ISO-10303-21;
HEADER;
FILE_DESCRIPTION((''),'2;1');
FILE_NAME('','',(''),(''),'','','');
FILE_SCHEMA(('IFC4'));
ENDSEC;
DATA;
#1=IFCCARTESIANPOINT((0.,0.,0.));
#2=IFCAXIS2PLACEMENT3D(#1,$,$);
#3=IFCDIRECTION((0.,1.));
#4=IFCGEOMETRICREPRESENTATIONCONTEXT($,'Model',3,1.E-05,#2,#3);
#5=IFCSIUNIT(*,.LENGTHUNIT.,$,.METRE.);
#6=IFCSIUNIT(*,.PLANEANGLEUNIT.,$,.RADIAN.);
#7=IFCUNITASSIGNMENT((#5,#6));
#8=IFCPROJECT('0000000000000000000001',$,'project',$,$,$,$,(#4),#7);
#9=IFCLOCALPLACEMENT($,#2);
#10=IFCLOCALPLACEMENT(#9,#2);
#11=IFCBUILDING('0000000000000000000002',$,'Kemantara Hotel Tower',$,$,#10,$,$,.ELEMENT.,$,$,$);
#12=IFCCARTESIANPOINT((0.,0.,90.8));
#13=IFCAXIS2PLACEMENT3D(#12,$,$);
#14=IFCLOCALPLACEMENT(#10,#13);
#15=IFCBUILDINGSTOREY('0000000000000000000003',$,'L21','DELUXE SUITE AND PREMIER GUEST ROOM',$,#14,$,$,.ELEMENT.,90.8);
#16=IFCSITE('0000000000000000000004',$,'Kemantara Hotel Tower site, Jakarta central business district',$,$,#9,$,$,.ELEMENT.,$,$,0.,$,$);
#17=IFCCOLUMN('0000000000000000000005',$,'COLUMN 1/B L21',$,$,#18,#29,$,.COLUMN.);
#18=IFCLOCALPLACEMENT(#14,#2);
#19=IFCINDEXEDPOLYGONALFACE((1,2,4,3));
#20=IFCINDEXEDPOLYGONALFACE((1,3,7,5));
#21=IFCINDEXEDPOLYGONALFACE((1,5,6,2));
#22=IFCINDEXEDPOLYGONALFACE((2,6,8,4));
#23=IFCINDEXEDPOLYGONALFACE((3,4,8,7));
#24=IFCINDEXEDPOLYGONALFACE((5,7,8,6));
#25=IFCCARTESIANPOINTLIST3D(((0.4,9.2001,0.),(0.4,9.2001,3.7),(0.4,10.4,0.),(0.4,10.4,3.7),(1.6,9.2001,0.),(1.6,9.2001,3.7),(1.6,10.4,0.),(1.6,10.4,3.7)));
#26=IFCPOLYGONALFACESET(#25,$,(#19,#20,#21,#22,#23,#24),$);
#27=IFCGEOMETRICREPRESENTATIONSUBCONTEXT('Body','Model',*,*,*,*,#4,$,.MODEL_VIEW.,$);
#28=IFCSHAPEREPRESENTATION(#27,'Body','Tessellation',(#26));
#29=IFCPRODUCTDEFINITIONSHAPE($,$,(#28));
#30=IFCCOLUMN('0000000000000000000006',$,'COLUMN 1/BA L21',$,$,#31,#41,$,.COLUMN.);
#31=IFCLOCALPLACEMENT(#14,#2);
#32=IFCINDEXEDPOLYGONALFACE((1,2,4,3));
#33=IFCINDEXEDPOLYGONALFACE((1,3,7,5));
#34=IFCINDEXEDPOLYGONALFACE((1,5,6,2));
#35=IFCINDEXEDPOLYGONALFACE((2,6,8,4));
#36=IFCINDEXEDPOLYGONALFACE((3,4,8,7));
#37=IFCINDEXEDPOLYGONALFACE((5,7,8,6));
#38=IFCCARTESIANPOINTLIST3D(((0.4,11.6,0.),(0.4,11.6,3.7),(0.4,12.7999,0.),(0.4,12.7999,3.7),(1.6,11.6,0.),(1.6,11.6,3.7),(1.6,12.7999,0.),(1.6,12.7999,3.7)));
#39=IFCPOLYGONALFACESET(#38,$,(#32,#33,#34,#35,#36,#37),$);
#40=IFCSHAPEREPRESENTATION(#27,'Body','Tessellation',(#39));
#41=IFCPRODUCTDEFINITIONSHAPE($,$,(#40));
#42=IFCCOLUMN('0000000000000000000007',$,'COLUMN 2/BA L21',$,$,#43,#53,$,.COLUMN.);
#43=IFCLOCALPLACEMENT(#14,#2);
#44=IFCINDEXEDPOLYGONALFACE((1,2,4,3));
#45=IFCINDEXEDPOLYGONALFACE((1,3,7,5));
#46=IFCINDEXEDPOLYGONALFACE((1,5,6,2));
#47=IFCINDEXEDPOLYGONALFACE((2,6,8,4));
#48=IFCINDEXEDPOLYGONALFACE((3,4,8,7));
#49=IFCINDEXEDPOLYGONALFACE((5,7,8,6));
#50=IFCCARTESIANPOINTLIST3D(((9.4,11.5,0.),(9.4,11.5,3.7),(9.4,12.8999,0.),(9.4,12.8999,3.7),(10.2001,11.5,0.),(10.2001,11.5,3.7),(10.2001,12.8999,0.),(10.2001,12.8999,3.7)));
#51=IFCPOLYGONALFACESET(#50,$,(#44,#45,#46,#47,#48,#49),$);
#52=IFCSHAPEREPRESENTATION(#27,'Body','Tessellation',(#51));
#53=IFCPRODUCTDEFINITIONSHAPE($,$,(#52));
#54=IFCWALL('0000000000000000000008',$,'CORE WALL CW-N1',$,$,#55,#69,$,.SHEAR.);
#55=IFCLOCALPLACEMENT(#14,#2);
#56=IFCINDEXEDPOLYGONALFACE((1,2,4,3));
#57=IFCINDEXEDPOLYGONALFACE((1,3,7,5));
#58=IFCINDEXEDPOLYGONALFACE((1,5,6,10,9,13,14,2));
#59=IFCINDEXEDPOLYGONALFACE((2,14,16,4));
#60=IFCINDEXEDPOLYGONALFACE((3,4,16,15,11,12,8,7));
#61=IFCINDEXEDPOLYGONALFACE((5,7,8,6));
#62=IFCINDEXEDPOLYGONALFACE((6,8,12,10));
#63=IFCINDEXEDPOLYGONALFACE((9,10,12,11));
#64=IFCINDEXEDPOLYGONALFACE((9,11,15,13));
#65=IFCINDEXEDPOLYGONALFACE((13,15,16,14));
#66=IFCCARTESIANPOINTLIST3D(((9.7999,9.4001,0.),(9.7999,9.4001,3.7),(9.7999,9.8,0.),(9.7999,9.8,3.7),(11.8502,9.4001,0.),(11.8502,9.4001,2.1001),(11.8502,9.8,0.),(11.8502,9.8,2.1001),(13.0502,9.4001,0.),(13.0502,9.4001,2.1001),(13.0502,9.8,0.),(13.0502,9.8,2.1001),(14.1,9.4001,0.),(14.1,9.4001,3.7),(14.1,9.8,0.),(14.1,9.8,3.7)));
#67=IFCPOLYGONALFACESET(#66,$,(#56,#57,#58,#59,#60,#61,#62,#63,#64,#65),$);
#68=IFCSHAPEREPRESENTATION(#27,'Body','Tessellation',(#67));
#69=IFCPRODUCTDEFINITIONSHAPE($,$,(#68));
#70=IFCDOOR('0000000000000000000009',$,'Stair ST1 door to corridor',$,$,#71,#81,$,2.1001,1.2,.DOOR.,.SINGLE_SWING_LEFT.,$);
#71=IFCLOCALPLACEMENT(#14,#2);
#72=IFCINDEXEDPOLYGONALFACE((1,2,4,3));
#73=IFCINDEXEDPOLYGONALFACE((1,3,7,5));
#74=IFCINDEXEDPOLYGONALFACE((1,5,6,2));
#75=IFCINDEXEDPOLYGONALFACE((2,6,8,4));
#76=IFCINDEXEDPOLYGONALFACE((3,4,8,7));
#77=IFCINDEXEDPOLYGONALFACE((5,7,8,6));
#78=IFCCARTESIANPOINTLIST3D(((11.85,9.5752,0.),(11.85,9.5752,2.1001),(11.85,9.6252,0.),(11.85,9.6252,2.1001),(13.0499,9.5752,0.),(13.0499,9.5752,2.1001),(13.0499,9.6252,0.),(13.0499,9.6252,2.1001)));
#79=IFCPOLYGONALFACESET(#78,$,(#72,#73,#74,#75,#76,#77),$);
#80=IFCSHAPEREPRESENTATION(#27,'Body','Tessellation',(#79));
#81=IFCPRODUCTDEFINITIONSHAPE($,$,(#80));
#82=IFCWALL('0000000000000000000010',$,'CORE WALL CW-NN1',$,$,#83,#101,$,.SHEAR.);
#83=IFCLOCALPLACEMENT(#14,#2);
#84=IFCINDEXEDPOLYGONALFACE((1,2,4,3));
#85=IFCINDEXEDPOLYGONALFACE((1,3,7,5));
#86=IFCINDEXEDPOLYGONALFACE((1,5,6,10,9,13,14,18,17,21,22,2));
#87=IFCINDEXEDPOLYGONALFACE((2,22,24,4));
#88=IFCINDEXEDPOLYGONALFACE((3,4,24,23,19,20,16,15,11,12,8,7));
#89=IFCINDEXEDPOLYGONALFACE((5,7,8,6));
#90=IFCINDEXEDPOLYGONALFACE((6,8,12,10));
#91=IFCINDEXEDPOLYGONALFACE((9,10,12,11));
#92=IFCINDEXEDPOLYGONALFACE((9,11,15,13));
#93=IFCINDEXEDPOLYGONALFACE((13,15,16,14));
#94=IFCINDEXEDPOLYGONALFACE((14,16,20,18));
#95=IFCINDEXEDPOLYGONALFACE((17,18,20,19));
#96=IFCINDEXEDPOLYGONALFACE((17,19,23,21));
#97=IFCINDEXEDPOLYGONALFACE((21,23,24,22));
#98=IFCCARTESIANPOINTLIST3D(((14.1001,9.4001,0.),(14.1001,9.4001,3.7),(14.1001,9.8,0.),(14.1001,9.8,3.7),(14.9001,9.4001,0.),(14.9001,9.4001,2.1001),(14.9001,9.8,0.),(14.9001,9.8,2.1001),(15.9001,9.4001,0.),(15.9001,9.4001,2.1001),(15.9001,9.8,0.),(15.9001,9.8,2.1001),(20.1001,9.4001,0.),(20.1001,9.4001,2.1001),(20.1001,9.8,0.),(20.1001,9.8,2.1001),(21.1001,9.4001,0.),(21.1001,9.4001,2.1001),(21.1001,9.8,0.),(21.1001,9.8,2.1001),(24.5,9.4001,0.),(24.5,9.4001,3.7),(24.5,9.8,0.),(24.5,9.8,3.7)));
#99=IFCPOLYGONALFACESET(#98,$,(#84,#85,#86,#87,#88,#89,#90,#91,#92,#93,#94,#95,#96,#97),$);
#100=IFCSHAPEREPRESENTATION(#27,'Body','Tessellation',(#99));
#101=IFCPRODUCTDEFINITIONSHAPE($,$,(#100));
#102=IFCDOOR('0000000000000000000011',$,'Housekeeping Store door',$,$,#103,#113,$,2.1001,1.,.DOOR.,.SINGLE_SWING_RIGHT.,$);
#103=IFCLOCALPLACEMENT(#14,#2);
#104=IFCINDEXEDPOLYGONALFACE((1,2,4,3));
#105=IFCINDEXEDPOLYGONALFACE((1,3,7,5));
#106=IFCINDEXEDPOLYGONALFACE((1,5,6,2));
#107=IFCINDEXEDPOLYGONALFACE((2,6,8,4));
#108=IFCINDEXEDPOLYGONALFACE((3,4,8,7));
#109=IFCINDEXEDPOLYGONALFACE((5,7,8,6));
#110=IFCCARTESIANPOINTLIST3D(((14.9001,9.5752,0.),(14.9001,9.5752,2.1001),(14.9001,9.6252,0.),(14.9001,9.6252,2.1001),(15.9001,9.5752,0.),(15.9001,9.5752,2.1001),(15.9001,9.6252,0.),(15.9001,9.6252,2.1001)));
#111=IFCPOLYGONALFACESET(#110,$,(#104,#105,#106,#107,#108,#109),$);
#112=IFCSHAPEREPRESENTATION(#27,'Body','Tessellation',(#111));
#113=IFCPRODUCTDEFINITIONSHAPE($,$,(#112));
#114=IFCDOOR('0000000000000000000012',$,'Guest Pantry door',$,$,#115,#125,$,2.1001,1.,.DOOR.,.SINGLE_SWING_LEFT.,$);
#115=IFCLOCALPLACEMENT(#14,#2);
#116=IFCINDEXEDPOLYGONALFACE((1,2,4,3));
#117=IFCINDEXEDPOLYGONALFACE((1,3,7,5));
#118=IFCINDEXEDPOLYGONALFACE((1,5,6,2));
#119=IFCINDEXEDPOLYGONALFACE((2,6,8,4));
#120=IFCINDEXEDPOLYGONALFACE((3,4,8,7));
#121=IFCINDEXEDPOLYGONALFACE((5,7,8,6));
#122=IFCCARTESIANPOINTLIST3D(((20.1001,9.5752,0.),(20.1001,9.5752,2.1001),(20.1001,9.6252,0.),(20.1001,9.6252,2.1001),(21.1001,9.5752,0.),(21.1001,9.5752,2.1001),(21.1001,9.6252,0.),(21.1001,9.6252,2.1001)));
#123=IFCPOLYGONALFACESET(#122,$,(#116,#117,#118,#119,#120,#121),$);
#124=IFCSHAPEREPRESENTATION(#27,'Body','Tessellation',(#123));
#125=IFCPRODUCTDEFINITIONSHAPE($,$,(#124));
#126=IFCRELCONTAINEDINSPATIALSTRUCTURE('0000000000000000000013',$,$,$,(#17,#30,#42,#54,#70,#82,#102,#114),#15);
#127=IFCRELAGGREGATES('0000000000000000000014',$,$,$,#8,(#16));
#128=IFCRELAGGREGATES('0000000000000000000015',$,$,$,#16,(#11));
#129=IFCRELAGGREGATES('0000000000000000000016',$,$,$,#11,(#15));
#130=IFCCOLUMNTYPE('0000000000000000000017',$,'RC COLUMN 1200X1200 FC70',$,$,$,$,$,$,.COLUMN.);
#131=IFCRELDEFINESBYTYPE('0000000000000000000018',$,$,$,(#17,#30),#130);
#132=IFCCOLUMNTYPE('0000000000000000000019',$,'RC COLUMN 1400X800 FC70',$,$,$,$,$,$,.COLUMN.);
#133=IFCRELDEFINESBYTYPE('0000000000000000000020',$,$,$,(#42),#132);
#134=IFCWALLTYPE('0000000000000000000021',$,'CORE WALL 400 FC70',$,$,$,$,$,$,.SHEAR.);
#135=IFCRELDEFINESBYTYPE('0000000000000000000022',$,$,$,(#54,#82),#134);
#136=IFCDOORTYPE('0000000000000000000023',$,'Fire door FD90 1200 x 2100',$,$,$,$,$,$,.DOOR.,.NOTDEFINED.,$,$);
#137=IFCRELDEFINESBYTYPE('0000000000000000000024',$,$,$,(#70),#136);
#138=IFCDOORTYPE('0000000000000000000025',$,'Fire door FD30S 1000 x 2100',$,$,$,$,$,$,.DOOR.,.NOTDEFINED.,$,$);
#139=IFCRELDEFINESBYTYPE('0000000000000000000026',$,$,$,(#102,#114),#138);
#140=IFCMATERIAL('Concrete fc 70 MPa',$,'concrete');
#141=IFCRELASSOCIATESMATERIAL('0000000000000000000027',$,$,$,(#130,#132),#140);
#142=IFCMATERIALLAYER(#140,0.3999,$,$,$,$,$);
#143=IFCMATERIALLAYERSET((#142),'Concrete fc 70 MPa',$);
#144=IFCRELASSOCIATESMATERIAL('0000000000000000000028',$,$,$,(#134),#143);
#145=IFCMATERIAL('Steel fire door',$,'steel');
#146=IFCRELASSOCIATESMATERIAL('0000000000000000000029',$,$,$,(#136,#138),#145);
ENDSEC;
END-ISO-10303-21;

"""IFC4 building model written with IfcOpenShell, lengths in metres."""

from ifc_helpers import new_model, si_unit, direction, frame, frame_2d, origin, origin_2d, place, context, subcontext, project, spatial, rectangle, extrude, material, layer, layer_set, material_profile, profile_set, type_object, element, fill, save


model = new_model("IFC4")

# Units and contexts
model_context = context("Model", 3, precision=1e-05, world=origin(), true_north=direction((0.0, 1.0)))
body_context = subcontext(model_context, "Body", "Model", "MODEL_VIEW")
ifc_project = project(units=[si_unit("LENGTHUNIT", "METRE"), si_unit("PLANEANGLEUNIT", "RADIAN")], contexts=[model_context])

# Site, building, storey
site_placement = place(None, origin())
site = spatial("IfcSite", under=ifc_project, at=site_placement, Name="Kemantara Hotel Tower site, Jakarta central business district", CompositionType="ELEMENT", RefElevation=0.0)
building_placement = place(site_placement, origin())
building = spatial("IfcBuilding", under=site, at=building_placement, Name="Kemantara Hotel Tower", CompositionType="ELEMENT")
storey_placement = place(building_placement, frame((0.0, 0.0, 90.8)))
storey = spatial("IfcBuildingStorey", under=building, at=storey_placement, Name="L21", Description="DELUXE SUITE AND PREMIER GUEST ROOM", CompositionType="ELEMENT", Elevation=90.8)

# Columns
ifc_material_1 = material(Name="Concrete fc 70 MPa", Category="concrete")
ifc_material_profile_1 = material_profile(ifc_material_1, rectangle(XDim=1.2, YDim=1.2, at=origin_2d()), Name="RC 1200X1200")
ifc_profile_set_1 = profile_set([ifc_material_profile_1], Name="Concrete fc 70 MPa")
column_type_1 = type_object("IfcColumnType", Name="RC COLUMN 1200X1200 FC70", PredefinedType="COLUMN", material=ifc_profile_set_1)
for number, where, z_axis, x_axis, name in (
    (1, (1.0, 9.8, 0.0), (0.0, 0.0, 1.0), (1.0, 0.0, 0.0), "COLUMN 1/B L21"),
    (2, (1.0, 12.2, 0.0), (0.0, 0.0, 1.0), (1.0, 0.0, 0.0), "COLUMN 1/BA L21"),
):
    element("IfcColumn", number, at=place(storey_placement, frame(where, z_axis=z_axis, x_axis=x_axis)), inside=storey, type_object=column_type_1, Name=name, PredefinedType="COLUMN", context=body_context, shape_type="SweptSolid", body=[
        extrude(rectangle(XDim=1.2, YDim=1.2, at=origin_2d()), origin(), (0.0, 0.0, 1.0), 3.7),
    ])
ifc_material_profile_2 = material_profile(ifc_material_1, rectangle(XDim=1.3999, YDim=0.8, at=origin_2d()), Name="RC 1400X800")
ifc_profile_set_2 = profile_set([ifc_material_profile_2], Name="Concrete fc 70 MPa")
column_type_2 = type_object("IfcColumnType", Name="RC COLUMN 1400X800 FC70", PredefinedType="COLUMN", material=ifc_profile_set_2)
column_placement = place(storey_placement, frame((9.8, 12.2, 0.0), z_axis=(0.0, 0.0, 1.0), x_axis=(0.0, 1.0, 0.0)))
element("IfcColumn", 3, at=column_placement, inside=storey, type_object=column_type_2, Name="COLUMN 2/BA L21", PredefinedType="COLUMN", context=body_context, shape_type="SweptSolid", body=[
    extrude(rectangle(XDim=1.3999, YDim=0.8, at=origin_2d()), origin(), (0.0, 0.0, 1.0), 3.7),
])

# Wall, opening, door
ifc_layer_1 = layer(ifc_material_1, 0.3999)
ifc_layer_set_1 = layer_set([ifc_layer_1], Name="Concrete fc 70 MPa")
wall_type_1 = type_object("IfcWallType", Name="CORE WALL 400 FC70", PredefinedType="SHEAR", material=ifc_layer_set_1)
wall_1_placement = place(storey_placement, frame((9.8, 9.6001, 0.0), z_axis=(0.0, 0.0, 1.0), x_axis=(1.0, 0.0, 0.0)))
wall_1 = element("IfcWall", 4, at=wall_1_placement, inside=storey, type_object=wall_type_1, Name="CORE WALL CW-N1", PredefinedType="SHEAR", context=body_context, shape_type="SweptSolid", body=[
    extrude(rectangle(XDim=4.3, YDim=0.3999, at=frame_2d((2.1499, 0.0))), origin(), (0.0, 0.0, 1.0), 3.7),
])
opening_1_placement = place(wall_1_placement, frame((2.05, 0.0, 0.0)))
opening_1 = element("IfcOpeningElement", 5, at=opening_1_placement, cuts=wall_1, PredefinedType="OPENING", context=body_context, shape_type="SweptSolid", body=[
    extrude(rectangle(XDim=1.2, YDim=2.1001, at=frame_2d((0.6001, 1.05))), frame((0.0, 0.21, 0.0), z_axis=(0.0, -1.0, 0.0), x_axis=(1.0, 0.0, 0.0)), (0.0, 0.0, 1.0), 0.4199),
])
ifc_material_2 = material(Name="Steel fire door", Category="steel")
door_type_1 = type_object("IfcDoorType", Name="Fire door FD90 1200 x 2100", OperationType="NOTDEFINED", PredefinedType="DOOR", material=ifc_material_2)
door_1_placement = place(opening_1_placement, frame((1.2, 0.0, 0.0), z_axis=(0.0, 0.0, 1.0), x_axis=(-1.0, 0.0, 0.0)))
door_1 = element("IfcDoor", 6, at=door_1_placement, inside=storey, type_object=door_type_1, Name="Stair ST1 door to corridor", OperationType="SINGLE_SWING_LEFT", OverallHeight=2.1001, OverallWidth=1.2, PredefinedType="DOOR", context=body_context, shape_type="SweptSolid", body=[
    extrude(rectangle(XDim=1.2, YDim=2.1001, at=frame_2d((0.6001, 1.05))), frame((0.0, 0.0249, 0.0), z_axis=(0.0, -1.0, 0.0), x_axis=(1.0, 0.0, 0.0)), (0.0, 0.0, 1.0), 0.05),
])
fill(opening_1, door_1)

# Wall, openings, doors
wall_2_placement = place(storey_placement, frame((14.1001, 9.6001, 0.0), z_axis=(0.0, 0.0, 1.0), x_axis=(1.0, 0.0, 0.0)))
wall_2 = element("IfcWall", 7, at=wall_2_placement, inside=storey, type_object=wall_type_1, Name="CORE WALL CW-NN1", PredefinedType="SHEAR", context=body_context, shape_type="SweptSolid", body=[
    extrude(rectangle(XDim=10.3999, YDim=0.3999, at=frame_2d((5.2, 0.0))), origin(), (0.0, 0.0, 1.0), 3.7),
])
opening_2_placement = place(wall_2_placement, frame((0.8, 0.0, 0.0)))
opening_2 = element("IfcOpeningElement", 8, at=opening_2_placement, cuts=wall_2, PredefinedType="OPENING", context=body_context, shape_type="SweptSolid", body=[
    extrude(rectangle(XDim=1.0, YDim=2.1001, at=frame_2d((0.5, 1.05))), frame((0.0, 0.21, 0.0), z_axis=(0.0, -1.0, 0.0), x_axis=(1.0, 0.0, 0.0)), (0.0, 0.0, 1.0), 0.4199),
])
opening_3_placement = place(wall_2_placement, frame((6.0, 0.0, 0.0)))
opening_3 = element("IfcOpeningElement", 9, at=opening_3_placement, cuts=wall_2, PredefinedType="OPENING", context=body_context, shape_type="SweptSolid", body=[
    extrude(rectangle(XDim=1.0, YDim=2.1001, at=frame_2d((0.5, 1.05))), frame((0.0, 0.21, 0.0), z_axis=(0.0, -1.0, 0.0), x_axis=(1.0, 0.0, 0.0)), (0.0, 0.0, 1.0), 0.4199),
])
door_type_2 = type_object("IfcDoorType", Name="Fire door FD30S 1000 x 2100", OperationType="NOTDEFINED", PredefinedType="DOOR", material=ifc_material_2)
door_2_placement = place(opening_2_placement, frame((1.0, 0.0, 0.0), z_axis=(0.0, 0.0, 1.0), x_axis=(-1.0, 0.0, 0.0)))
door_2 = element("IfcDoor", 10, at=door_2_placement, inside=storey, type_object=door_type_2, Name="Housekeeping Store door", OperationType="SINGLE_SWING_RIGHT", OverallHeight=2.1001, OverallWidth=1.0, PredefinedType="DOOR", context=body_context, shape_type="SweptSolid", body=[
    extrude(rectangle(XDim=1.0, YDim=2.1001, at=frame_2d((0.5, 1.05))), frame((0.0, 0.0249, 0.0), z_axis=(0.0, -1.0, 0.0), x_axis=(1.0, 0.0, 0.0)), (0.0, 0.0, 1.0), 0.05),
])
fill(opening_2, door_2)
door_3_placement = place(opening_3_placement, frame((1.0, 0.0, 0.0), z_axis=(0.0, 0.0, 1.0), x_axis=(-1.0, 0.0, 0.0)))
door_3 = element("IfcDoor", 11, at=door_3_placement, inside=storey, type_object=door_type_2, Name="Guest Pantry door", OperationType="SINGLE_SWING_LEFT", OverallHeight=2.1001, OverallWidth=1.0, PredefinedType="DOOR", context=body_context, shape_type="SweptSolid", body=[
    extrude(rectangle(XDim=1.0, YDim=2.1001, at=frame_2d((0.5, 1.05))), frame((0.0, 0.0249, 0.0), z_axis=(0.0, -1.0, 0.0), x_axis=(1.0, 0.0, 0.0)), (0.0, 0.0, 1.0), 0.05),
])
fill(opening_3, door_3)

save(model, "model.ifc")
